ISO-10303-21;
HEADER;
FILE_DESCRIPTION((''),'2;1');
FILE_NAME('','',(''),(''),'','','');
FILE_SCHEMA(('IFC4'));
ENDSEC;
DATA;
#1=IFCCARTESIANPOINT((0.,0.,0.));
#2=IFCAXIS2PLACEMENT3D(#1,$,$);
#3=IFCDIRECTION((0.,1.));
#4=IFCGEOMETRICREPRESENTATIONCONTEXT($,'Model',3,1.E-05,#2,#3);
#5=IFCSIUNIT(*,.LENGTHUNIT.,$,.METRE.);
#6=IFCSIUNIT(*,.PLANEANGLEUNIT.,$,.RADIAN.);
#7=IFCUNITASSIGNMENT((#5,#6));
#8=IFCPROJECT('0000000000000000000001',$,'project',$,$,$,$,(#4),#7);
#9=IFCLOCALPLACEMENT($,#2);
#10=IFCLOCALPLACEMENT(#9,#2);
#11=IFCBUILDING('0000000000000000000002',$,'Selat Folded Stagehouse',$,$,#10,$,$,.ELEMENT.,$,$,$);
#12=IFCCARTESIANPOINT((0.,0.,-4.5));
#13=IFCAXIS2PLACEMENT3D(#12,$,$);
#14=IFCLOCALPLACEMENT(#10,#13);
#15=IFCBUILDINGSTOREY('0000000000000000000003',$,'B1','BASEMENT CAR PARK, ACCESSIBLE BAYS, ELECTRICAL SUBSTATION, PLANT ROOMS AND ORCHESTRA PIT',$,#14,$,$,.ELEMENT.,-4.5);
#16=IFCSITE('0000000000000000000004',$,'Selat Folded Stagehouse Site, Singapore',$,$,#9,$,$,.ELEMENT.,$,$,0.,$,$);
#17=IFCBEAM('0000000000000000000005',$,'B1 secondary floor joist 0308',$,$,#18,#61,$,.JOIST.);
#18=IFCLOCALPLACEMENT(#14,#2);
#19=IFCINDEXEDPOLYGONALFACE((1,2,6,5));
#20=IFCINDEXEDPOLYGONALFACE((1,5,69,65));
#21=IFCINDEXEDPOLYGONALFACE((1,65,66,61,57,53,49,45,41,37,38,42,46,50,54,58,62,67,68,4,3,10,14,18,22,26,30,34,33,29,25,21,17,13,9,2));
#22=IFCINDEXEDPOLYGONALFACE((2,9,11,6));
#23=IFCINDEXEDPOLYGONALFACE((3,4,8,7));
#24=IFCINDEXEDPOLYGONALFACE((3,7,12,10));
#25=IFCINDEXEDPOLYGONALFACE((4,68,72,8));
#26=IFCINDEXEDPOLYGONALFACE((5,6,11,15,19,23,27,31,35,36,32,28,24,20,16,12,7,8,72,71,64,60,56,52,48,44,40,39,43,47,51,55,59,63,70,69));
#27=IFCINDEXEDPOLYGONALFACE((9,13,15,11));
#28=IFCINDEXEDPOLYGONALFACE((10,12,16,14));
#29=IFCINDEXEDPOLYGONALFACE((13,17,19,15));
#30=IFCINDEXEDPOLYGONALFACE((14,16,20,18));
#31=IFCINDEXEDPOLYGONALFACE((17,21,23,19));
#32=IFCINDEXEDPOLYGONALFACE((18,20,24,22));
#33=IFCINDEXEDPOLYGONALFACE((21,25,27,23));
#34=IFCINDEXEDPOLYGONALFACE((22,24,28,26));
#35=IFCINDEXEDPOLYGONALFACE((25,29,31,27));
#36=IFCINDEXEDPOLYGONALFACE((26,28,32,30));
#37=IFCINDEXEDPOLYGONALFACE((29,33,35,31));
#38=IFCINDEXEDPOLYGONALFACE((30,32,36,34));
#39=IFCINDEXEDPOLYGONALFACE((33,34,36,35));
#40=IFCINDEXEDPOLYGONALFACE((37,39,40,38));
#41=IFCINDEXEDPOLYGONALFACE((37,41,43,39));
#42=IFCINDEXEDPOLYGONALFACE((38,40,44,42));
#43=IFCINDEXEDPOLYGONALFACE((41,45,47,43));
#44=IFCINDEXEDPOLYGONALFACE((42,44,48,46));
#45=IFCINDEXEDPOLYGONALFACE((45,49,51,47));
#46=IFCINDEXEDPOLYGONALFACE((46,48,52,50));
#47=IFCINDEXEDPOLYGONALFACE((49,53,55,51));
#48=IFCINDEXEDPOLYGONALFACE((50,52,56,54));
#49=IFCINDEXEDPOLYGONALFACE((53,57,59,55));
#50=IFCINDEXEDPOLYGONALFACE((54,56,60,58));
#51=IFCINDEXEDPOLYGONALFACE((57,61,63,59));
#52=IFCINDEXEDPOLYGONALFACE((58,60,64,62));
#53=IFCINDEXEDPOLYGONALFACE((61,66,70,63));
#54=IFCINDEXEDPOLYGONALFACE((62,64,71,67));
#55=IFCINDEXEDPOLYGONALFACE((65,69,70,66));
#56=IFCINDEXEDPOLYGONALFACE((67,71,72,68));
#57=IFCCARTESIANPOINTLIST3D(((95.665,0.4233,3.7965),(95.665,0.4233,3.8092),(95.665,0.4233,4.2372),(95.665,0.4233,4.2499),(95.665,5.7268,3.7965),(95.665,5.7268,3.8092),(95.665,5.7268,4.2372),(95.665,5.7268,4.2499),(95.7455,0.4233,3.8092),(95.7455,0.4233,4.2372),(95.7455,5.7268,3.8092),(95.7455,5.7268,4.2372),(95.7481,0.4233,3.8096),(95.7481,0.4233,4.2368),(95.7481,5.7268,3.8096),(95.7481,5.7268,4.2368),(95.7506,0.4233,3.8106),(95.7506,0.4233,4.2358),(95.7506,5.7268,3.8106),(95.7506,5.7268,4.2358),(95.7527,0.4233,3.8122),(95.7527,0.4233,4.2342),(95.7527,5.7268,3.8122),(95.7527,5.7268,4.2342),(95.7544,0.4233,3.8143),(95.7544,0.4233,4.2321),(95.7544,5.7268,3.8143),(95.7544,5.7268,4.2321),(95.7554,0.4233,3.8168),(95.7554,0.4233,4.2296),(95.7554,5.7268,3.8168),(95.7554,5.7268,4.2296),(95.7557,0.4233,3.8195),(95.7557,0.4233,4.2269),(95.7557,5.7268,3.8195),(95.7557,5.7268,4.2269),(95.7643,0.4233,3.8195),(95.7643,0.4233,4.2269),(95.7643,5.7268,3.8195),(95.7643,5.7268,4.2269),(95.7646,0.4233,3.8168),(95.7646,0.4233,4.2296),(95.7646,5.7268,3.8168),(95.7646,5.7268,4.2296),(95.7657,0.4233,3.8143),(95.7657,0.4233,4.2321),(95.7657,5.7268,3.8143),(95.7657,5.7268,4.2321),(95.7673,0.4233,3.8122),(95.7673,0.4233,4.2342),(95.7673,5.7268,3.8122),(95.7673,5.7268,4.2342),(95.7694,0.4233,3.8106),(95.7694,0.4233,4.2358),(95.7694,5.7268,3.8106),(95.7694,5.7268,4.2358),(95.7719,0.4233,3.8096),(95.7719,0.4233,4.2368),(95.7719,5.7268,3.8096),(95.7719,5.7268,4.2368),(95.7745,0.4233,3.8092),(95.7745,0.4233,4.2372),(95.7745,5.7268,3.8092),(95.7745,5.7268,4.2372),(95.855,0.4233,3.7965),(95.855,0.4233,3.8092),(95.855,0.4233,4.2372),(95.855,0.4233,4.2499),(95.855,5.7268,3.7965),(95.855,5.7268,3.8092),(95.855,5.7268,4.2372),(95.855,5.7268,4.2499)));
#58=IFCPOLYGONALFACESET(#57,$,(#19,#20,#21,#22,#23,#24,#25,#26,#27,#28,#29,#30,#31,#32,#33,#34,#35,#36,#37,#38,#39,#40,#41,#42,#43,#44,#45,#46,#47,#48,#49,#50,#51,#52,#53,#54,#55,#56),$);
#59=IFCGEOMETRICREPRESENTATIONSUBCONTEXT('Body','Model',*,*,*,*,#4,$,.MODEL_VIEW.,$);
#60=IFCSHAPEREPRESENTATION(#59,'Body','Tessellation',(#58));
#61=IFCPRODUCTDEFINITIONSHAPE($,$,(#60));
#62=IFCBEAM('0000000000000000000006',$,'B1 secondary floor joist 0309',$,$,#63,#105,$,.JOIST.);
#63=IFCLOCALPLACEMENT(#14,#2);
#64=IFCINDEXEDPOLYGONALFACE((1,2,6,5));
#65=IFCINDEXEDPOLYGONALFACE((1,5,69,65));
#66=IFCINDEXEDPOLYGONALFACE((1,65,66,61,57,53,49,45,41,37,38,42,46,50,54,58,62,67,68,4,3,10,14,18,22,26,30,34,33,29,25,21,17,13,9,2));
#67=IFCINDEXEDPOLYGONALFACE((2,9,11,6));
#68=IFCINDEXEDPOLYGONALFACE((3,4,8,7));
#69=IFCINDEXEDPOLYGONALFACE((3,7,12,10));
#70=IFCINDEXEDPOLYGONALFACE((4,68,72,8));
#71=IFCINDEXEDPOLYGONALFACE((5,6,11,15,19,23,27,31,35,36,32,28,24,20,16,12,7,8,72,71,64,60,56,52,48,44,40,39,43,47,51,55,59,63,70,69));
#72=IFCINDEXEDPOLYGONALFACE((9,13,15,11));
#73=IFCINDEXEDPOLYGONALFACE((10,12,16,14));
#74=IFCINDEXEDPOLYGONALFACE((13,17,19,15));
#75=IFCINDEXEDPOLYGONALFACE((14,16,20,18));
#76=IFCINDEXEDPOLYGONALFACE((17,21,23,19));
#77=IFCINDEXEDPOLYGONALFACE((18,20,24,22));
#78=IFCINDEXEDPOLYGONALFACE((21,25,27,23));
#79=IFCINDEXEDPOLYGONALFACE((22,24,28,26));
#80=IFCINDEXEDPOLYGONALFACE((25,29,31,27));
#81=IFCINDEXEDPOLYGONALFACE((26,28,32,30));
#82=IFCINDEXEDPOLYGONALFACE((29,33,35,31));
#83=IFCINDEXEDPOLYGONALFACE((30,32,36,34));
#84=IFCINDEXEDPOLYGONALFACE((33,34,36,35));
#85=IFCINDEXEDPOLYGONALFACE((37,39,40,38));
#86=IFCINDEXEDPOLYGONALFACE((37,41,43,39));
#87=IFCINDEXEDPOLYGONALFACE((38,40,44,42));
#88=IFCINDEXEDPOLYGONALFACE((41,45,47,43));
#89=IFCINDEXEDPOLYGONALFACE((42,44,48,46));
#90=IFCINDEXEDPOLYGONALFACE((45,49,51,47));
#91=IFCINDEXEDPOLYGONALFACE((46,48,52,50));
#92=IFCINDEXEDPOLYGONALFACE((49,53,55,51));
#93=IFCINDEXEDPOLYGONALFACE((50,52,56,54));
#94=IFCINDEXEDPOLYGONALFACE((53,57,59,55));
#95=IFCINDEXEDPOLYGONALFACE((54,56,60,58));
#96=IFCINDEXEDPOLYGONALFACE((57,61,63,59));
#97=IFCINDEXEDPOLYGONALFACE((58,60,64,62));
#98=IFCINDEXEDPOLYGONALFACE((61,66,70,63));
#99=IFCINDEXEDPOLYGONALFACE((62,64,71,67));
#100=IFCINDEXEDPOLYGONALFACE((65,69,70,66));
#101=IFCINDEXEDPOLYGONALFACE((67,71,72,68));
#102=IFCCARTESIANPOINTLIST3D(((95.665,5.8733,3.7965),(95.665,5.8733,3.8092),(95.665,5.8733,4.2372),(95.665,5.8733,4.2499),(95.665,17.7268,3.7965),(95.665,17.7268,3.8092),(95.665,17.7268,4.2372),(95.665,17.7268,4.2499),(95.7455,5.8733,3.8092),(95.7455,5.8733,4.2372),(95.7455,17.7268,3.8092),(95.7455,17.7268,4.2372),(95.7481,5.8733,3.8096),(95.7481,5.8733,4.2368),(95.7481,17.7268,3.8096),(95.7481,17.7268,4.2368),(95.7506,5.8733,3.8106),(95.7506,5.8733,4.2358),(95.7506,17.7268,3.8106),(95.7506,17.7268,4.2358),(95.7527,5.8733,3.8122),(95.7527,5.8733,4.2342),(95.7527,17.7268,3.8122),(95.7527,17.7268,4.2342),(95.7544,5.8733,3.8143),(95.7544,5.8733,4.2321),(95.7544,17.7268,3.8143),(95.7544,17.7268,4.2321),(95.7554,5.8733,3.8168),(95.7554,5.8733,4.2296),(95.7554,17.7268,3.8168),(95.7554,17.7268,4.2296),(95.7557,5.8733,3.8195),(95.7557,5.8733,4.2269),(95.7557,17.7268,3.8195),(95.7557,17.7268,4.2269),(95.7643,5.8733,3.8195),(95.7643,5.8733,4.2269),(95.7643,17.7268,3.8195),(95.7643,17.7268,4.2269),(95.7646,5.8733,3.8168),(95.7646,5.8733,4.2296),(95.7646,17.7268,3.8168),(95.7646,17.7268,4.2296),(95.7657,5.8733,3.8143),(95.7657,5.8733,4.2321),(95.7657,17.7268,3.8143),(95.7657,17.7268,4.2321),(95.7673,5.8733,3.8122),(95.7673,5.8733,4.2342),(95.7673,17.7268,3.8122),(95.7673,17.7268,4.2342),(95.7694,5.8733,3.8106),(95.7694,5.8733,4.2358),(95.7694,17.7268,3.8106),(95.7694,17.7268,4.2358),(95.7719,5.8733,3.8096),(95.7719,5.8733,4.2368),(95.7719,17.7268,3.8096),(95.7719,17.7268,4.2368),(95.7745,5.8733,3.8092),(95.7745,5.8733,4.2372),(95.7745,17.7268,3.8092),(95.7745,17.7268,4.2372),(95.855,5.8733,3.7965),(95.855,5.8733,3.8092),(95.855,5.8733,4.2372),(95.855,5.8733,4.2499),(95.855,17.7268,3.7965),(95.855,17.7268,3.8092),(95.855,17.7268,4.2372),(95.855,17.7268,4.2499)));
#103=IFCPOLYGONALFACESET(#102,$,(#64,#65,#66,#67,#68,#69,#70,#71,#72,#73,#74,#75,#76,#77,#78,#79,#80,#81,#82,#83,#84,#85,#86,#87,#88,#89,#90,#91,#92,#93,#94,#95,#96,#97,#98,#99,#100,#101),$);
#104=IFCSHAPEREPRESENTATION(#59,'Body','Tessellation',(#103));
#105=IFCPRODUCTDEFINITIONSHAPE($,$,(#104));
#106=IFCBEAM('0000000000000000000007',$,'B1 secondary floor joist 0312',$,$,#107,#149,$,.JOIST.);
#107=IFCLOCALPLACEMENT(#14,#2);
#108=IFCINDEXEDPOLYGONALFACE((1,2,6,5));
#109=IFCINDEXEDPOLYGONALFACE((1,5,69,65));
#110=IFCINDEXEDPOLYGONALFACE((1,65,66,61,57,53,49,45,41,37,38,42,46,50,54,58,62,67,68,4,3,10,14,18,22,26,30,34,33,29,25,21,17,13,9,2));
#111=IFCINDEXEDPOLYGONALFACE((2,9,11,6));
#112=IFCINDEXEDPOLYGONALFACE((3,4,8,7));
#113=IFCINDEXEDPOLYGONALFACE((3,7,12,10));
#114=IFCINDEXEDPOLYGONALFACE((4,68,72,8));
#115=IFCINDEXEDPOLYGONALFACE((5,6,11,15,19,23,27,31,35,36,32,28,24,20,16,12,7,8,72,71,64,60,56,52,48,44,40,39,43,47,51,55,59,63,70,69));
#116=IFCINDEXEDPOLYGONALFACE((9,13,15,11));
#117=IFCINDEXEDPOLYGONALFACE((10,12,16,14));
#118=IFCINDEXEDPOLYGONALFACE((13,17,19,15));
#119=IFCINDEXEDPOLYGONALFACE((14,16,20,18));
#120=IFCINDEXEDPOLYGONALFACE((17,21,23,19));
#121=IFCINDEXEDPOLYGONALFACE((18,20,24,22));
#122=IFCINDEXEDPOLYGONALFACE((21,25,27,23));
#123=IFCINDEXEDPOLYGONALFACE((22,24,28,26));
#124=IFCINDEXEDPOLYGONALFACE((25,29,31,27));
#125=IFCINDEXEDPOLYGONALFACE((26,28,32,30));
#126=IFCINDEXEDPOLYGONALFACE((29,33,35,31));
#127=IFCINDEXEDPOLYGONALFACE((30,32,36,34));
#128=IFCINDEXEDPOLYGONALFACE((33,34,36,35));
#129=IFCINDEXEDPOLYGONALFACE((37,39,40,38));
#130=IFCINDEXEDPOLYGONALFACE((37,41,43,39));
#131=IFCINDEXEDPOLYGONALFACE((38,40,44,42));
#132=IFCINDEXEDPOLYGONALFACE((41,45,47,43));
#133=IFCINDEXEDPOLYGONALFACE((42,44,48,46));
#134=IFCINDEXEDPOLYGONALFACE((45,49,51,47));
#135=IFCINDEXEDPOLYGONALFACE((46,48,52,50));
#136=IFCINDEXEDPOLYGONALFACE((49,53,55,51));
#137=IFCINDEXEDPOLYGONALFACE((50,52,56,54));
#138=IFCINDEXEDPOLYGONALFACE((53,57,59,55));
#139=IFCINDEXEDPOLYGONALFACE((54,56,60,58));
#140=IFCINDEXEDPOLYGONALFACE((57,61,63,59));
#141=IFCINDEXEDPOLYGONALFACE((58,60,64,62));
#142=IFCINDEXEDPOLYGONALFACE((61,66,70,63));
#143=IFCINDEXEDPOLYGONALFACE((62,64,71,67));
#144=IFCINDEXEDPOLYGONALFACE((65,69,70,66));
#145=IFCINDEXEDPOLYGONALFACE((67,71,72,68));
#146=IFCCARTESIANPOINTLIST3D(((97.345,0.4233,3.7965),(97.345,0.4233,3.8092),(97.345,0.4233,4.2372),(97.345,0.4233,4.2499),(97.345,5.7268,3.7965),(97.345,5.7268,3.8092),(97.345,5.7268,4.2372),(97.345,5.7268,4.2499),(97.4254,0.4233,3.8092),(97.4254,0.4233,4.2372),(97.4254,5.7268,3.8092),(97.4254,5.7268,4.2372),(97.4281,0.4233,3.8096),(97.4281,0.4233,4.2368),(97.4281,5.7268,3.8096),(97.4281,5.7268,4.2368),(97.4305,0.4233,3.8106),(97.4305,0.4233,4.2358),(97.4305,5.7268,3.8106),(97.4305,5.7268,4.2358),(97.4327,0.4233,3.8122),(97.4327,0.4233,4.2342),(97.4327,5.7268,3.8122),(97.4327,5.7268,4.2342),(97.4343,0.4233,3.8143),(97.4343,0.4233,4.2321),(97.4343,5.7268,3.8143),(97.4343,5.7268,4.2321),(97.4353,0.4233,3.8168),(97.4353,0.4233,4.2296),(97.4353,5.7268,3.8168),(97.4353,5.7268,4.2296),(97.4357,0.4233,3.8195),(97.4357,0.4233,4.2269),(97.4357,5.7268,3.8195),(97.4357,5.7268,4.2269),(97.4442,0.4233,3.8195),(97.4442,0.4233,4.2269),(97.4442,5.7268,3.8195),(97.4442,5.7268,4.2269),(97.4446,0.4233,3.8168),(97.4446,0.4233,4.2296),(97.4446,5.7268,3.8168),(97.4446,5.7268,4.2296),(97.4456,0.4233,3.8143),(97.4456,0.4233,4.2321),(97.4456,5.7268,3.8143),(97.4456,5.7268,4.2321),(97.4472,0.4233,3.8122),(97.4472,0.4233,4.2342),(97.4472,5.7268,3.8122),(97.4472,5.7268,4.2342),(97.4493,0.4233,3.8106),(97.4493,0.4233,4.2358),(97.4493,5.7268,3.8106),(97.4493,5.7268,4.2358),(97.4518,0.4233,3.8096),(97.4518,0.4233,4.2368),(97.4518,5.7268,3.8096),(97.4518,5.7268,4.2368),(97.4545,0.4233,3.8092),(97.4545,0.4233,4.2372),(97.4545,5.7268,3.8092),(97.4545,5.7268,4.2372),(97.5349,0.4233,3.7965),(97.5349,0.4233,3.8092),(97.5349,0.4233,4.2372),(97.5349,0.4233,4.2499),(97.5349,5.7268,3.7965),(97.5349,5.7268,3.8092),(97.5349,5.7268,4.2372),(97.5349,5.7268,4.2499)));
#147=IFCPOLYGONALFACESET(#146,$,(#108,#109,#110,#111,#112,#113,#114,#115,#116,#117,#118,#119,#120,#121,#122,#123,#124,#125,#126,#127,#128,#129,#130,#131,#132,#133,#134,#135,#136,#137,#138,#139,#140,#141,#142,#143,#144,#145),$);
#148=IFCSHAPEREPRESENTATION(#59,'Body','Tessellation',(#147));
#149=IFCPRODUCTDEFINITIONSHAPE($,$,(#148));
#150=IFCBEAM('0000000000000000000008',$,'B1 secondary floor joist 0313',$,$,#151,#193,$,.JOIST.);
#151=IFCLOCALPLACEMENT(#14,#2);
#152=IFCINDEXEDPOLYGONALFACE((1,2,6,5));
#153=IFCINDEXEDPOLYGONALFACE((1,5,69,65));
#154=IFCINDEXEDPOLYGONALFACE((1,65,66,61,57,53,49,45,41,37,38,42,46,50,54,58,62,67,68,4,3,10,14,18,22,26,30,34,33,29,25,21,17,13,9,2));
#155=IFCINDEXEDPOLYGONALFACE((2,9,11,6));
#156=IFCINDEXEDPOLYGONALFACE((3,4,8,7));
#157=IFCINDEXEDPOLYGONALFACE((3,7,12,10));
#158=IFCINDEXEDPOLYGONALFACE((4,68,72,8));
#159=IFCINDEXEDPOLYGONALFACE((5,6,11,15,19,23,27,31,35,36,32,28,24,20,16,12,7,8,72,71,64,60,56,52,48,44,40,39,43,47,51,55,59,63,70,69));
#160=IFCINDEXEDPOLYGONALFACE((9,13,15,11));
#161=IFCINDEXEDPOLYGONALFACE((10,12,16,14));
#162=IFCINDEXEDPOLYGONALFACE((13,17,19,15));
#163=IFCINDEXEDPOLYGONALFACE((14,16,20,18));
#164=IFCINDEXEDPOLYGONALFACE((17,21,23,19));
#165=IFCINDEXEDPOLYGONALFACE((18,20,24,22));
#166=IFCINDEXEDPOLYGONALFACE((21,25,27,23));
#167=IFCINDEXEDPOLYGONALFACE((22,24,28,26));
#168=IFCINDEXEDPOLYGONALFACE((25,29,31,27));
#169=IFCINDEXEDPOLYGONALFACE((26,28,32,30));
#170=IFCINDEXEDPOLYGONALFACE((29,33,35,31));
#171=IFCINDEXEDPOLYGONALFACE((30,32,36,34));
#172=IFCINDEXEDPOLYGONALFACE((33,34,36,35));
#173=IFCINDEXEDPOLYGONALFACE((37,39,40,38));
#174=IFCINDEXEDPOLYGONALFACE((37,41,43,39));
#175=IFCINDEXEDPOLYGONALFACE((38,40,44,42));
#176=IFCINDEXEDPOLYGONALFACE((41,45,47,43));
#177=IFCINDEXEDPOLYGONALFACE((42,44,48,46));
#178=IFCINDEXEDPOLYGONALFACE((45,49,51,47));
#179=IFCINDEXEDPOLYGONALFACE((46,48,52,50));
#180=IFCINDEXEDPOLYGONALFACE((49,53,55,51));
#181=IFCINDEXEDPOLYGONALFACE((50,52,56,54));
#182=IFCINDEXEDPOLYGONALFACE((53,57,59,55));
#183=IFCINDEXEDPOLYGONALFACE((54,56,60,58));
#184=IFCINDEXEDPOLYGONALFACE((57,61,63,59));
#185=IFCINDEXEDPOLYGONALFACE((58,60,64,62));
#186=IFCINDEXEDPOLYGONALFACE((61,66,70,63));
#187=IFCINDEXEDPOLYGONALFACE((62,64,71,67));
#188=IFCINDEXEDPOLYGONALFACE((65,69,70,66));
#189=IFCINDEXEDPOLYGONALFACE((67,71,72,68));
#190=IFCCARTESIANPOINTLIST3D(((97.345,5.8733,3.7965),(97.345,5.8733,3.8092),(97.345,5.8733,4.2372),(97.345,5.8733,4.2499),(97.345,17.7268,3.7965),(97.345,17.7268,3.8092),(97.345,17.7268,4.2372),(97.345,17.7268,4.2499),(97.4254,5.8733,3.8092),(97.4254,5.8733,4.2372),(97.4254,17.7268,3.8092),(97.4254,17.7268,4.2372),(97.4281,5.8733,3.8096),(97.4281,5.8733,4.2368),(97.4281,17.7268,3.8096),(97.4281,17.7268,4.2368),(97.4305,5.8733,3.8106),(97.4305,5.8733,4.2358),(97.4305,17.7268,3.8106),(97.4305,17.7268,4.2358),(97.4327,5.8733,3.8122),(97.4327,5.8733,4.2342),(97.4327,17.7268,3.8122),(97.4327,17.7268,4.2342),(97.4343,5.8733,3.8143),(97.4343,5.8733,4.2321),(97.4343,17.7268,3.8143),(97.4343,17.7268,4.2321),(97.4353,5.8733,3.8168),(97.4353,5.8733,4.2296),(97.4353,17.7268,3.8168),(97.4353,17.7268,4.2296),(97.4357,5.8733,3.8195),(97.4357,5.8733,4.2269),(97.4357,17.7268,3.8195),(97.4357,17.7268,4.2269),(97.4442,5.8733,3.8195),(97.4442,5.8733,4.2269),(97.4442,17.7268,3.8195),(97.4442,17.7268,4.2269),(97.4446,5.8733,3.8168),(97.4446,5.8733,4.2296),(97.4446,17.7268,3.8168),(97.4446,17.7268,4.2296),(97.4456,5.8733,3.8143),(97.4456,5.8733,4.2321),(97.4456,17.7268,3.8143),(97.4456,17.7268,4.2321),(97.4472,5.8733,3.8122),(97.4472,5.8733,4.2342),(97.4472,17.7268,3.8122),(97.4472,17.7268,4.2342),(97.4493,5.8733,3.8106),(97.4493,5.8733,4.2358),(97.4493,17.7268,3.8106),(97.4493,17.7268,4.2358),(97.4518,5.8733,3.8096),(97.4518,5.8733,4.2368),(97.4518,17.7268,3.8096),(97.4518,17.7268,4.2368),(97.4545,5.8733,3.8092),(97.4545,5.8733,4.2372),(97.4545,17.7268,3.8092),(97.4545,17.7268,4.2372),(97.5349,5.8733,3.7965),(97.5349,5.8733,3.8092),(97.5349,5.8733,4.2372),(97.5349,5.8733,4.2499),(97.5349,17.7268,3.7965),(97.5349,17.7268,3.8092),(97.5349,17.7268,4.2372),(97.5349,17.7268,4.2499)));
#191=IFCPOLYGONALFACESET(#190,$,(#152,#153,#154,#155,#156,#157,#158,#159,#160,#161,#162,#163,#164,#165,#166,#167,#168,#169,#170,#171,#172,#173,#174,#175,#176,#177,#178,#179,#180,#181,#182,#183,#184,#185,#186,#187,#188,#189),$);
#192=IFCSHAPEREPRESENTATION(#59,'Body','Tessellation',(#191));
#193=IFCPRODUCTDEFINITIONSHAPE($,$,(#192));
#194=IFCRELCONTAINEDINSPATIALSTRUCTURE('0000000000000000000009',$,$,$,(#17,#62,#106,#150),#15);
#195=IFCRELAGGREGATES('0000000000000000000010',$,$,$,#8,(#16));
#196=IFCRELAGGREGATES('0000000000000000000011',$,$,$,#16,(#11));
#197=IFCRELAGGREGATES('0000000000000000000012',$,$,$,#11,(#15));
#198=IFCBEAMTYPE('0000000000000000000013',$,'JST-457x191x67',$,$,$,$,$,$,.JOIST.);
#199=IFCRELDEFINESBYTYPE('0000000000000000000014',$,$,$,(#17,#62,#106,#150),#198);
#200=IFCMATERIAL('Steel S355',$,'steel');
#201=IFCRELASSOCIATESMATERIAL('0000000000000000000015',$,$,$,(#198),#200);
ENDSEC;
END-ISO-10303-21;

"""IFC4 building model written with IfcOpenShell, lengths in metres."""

from ifc_helpers import new_model, si_unit, direction, frame, origin, origin_2d, place, context, subcontext, project, spatial, i_section, extrude, material, material_profile, profile_set, type_object, element, save


model = new_model("IFC4")

# Units and contexts
model_context = context("Model", 3, precision=1e-05, world=origin(), true_north=direction((0.0, 1.0)))
body_context = subcontext(model_context, "Body", "Model", "MODEL_VIEW")
ifc_project = project(units=[si_unit("LENGTHUNIT", "METRE"), si_unit("PLANEANGLEUNIT", "RADIAN")], contexts=[model_context])

# Site, building, storey
site_placement = place(None, origin())
site = spatial("IfcSite", under=ifc_project, at=site_placement, Name="Selat Folded Stagehouse Site, Singapore", CompositionType="ELEMENT", RefElevation=0.0)
building_placement = place(site_placement, origin())
building = spatial("IfcBuilding", under=site, at=building_placement, Name="Selat Folded Stagehouse", CompositionType="ELEMENT")
storey_placement = place(building_placement, frame((0.0, 0.0, -4.5)))
storey = spatial("IfcBuildingStorey", under=building, at=storey_placement, Name="B1", Description="BASEMENT CAR PARK, ACCESSIBLE BAYS, ELECTRICAL SUBSTATION, PLANT ROOMS AND ORCHESTRA PIT", CompositionType="ELEMENT", Elevation=-4.5)

# Shared definitions
ifc_material_1 = material(Name="Steel S355", Category="steel")

# Beams
ifc_material_profile_1 = material_profile(ifc_material_1, i_section(OverallWidth=0.1899, OverallDepth=0.4534, WebThickness=0.0085, FlangeThickness=0.0127, FilletRadius=0.0103, at=origin_2d()), Name="UKB 457x191x67")
ifc_profile_set_1 = profile_set([ifc_material_profile_1], Name="Steel S355")
beam_type_1 = type_object("IfcBeamType", Name="JST-457x191x67", PredefinedType="JOIST", material=ifc_profile_set_1)
beam_1_placement = place(storey_placement, frame((95.76, 0.4233, 4.0232), z_axis=(0.0, 1.0, 0.0), x_axis=(-1.0, 0.0, 0.0)))
element("IfcBeam", 1, at=beam_1_placement, inside=storey, type_object=beam_type_1, Name="B1 secondary floor joist 0308", PredefinedType="JOIST", context=body_context, shape_type="SweptSolid", body=[
    extrude(i_section(OverallWidth=0.1899, OverallDepth=0.4534, WebThickness=0.0085, FlangeThickness=0.0127, FilletRadius=0.0103, at=origin_2d()), origin(), (0.0, 0.0, 1.0), 5.3035),
])
beam_2_placement = place(storey_placement, frame((95.76, 5.8733, 4.0232), z_axis=(0.0, 1.0, 0.0), x_axis=(-1.0, 0.0, 0.0)))
element("IfcBeam", 2, at=beam_2_placement, inside=storey, type_object=beam_type_1, Name="B1 secondary floor joist 0309", PredefinedType="JOIST", context=body_context, shape_type="SweptSolid", body=[
    extrude(i_section(OverallWidth=0.1899, OverallDepth=0.4534, WebThickness=0.0085, FlangeThickness=0.0127, FilletRadius=0.0103, at=origin_2d()), origin(), (0.0, 0.0, 1.0), 11.8535),
])
beam_3_placement = place(storey_placement, frame((97.4399, 0.4233, 4.0232), z_axis=(0.0, 1.0, 0.0), x_axis=(-1.0, 0.0, 0.0)))
element("IfcBeam", 3, at=beam_3_placement, inside=storey, type_object=beam_type_1, Name="B1 secondary floor joist 0312", PredefinedType="JOIST", context=body_context, shape_type="SweptSolid", body=[
    extrude(i_section(OverallWidth=0.1899, OverallDepth=0.4534, WebThickness=0.0085, FlangeThickness=0.0127, FilletRadius=0.0103, at=origin_2d()), origin(), (0.0, 0.0, 1.0), 5.3035),
])
beam_4_placement = place(storey_placement, frame((97.4399, 5.8733, 4.0232), z_axis=(0.0, 1.0, 0.0), x_axis=(-1.0, 0.0, 0.0)))
element("IfcBeam", 4, at=beam_4_placement, inside=storey, type_object=beam_type_1, Name="B1 secondary floor joist 0313", PredefinedType="JOIST", context=body_context, shape_type="SweptSolid", body=[
    extrude(i_section(OverallWidth=0.1899, OverallDepth=0.4534, WebThickness=0.0085, FlangeThickness=0.0127, FilletRadius=0.0103, at=origin_2d()), origin(), (0.0, 0.0, 1.0), 11.8535),
])

save(model, "model.ifc")
